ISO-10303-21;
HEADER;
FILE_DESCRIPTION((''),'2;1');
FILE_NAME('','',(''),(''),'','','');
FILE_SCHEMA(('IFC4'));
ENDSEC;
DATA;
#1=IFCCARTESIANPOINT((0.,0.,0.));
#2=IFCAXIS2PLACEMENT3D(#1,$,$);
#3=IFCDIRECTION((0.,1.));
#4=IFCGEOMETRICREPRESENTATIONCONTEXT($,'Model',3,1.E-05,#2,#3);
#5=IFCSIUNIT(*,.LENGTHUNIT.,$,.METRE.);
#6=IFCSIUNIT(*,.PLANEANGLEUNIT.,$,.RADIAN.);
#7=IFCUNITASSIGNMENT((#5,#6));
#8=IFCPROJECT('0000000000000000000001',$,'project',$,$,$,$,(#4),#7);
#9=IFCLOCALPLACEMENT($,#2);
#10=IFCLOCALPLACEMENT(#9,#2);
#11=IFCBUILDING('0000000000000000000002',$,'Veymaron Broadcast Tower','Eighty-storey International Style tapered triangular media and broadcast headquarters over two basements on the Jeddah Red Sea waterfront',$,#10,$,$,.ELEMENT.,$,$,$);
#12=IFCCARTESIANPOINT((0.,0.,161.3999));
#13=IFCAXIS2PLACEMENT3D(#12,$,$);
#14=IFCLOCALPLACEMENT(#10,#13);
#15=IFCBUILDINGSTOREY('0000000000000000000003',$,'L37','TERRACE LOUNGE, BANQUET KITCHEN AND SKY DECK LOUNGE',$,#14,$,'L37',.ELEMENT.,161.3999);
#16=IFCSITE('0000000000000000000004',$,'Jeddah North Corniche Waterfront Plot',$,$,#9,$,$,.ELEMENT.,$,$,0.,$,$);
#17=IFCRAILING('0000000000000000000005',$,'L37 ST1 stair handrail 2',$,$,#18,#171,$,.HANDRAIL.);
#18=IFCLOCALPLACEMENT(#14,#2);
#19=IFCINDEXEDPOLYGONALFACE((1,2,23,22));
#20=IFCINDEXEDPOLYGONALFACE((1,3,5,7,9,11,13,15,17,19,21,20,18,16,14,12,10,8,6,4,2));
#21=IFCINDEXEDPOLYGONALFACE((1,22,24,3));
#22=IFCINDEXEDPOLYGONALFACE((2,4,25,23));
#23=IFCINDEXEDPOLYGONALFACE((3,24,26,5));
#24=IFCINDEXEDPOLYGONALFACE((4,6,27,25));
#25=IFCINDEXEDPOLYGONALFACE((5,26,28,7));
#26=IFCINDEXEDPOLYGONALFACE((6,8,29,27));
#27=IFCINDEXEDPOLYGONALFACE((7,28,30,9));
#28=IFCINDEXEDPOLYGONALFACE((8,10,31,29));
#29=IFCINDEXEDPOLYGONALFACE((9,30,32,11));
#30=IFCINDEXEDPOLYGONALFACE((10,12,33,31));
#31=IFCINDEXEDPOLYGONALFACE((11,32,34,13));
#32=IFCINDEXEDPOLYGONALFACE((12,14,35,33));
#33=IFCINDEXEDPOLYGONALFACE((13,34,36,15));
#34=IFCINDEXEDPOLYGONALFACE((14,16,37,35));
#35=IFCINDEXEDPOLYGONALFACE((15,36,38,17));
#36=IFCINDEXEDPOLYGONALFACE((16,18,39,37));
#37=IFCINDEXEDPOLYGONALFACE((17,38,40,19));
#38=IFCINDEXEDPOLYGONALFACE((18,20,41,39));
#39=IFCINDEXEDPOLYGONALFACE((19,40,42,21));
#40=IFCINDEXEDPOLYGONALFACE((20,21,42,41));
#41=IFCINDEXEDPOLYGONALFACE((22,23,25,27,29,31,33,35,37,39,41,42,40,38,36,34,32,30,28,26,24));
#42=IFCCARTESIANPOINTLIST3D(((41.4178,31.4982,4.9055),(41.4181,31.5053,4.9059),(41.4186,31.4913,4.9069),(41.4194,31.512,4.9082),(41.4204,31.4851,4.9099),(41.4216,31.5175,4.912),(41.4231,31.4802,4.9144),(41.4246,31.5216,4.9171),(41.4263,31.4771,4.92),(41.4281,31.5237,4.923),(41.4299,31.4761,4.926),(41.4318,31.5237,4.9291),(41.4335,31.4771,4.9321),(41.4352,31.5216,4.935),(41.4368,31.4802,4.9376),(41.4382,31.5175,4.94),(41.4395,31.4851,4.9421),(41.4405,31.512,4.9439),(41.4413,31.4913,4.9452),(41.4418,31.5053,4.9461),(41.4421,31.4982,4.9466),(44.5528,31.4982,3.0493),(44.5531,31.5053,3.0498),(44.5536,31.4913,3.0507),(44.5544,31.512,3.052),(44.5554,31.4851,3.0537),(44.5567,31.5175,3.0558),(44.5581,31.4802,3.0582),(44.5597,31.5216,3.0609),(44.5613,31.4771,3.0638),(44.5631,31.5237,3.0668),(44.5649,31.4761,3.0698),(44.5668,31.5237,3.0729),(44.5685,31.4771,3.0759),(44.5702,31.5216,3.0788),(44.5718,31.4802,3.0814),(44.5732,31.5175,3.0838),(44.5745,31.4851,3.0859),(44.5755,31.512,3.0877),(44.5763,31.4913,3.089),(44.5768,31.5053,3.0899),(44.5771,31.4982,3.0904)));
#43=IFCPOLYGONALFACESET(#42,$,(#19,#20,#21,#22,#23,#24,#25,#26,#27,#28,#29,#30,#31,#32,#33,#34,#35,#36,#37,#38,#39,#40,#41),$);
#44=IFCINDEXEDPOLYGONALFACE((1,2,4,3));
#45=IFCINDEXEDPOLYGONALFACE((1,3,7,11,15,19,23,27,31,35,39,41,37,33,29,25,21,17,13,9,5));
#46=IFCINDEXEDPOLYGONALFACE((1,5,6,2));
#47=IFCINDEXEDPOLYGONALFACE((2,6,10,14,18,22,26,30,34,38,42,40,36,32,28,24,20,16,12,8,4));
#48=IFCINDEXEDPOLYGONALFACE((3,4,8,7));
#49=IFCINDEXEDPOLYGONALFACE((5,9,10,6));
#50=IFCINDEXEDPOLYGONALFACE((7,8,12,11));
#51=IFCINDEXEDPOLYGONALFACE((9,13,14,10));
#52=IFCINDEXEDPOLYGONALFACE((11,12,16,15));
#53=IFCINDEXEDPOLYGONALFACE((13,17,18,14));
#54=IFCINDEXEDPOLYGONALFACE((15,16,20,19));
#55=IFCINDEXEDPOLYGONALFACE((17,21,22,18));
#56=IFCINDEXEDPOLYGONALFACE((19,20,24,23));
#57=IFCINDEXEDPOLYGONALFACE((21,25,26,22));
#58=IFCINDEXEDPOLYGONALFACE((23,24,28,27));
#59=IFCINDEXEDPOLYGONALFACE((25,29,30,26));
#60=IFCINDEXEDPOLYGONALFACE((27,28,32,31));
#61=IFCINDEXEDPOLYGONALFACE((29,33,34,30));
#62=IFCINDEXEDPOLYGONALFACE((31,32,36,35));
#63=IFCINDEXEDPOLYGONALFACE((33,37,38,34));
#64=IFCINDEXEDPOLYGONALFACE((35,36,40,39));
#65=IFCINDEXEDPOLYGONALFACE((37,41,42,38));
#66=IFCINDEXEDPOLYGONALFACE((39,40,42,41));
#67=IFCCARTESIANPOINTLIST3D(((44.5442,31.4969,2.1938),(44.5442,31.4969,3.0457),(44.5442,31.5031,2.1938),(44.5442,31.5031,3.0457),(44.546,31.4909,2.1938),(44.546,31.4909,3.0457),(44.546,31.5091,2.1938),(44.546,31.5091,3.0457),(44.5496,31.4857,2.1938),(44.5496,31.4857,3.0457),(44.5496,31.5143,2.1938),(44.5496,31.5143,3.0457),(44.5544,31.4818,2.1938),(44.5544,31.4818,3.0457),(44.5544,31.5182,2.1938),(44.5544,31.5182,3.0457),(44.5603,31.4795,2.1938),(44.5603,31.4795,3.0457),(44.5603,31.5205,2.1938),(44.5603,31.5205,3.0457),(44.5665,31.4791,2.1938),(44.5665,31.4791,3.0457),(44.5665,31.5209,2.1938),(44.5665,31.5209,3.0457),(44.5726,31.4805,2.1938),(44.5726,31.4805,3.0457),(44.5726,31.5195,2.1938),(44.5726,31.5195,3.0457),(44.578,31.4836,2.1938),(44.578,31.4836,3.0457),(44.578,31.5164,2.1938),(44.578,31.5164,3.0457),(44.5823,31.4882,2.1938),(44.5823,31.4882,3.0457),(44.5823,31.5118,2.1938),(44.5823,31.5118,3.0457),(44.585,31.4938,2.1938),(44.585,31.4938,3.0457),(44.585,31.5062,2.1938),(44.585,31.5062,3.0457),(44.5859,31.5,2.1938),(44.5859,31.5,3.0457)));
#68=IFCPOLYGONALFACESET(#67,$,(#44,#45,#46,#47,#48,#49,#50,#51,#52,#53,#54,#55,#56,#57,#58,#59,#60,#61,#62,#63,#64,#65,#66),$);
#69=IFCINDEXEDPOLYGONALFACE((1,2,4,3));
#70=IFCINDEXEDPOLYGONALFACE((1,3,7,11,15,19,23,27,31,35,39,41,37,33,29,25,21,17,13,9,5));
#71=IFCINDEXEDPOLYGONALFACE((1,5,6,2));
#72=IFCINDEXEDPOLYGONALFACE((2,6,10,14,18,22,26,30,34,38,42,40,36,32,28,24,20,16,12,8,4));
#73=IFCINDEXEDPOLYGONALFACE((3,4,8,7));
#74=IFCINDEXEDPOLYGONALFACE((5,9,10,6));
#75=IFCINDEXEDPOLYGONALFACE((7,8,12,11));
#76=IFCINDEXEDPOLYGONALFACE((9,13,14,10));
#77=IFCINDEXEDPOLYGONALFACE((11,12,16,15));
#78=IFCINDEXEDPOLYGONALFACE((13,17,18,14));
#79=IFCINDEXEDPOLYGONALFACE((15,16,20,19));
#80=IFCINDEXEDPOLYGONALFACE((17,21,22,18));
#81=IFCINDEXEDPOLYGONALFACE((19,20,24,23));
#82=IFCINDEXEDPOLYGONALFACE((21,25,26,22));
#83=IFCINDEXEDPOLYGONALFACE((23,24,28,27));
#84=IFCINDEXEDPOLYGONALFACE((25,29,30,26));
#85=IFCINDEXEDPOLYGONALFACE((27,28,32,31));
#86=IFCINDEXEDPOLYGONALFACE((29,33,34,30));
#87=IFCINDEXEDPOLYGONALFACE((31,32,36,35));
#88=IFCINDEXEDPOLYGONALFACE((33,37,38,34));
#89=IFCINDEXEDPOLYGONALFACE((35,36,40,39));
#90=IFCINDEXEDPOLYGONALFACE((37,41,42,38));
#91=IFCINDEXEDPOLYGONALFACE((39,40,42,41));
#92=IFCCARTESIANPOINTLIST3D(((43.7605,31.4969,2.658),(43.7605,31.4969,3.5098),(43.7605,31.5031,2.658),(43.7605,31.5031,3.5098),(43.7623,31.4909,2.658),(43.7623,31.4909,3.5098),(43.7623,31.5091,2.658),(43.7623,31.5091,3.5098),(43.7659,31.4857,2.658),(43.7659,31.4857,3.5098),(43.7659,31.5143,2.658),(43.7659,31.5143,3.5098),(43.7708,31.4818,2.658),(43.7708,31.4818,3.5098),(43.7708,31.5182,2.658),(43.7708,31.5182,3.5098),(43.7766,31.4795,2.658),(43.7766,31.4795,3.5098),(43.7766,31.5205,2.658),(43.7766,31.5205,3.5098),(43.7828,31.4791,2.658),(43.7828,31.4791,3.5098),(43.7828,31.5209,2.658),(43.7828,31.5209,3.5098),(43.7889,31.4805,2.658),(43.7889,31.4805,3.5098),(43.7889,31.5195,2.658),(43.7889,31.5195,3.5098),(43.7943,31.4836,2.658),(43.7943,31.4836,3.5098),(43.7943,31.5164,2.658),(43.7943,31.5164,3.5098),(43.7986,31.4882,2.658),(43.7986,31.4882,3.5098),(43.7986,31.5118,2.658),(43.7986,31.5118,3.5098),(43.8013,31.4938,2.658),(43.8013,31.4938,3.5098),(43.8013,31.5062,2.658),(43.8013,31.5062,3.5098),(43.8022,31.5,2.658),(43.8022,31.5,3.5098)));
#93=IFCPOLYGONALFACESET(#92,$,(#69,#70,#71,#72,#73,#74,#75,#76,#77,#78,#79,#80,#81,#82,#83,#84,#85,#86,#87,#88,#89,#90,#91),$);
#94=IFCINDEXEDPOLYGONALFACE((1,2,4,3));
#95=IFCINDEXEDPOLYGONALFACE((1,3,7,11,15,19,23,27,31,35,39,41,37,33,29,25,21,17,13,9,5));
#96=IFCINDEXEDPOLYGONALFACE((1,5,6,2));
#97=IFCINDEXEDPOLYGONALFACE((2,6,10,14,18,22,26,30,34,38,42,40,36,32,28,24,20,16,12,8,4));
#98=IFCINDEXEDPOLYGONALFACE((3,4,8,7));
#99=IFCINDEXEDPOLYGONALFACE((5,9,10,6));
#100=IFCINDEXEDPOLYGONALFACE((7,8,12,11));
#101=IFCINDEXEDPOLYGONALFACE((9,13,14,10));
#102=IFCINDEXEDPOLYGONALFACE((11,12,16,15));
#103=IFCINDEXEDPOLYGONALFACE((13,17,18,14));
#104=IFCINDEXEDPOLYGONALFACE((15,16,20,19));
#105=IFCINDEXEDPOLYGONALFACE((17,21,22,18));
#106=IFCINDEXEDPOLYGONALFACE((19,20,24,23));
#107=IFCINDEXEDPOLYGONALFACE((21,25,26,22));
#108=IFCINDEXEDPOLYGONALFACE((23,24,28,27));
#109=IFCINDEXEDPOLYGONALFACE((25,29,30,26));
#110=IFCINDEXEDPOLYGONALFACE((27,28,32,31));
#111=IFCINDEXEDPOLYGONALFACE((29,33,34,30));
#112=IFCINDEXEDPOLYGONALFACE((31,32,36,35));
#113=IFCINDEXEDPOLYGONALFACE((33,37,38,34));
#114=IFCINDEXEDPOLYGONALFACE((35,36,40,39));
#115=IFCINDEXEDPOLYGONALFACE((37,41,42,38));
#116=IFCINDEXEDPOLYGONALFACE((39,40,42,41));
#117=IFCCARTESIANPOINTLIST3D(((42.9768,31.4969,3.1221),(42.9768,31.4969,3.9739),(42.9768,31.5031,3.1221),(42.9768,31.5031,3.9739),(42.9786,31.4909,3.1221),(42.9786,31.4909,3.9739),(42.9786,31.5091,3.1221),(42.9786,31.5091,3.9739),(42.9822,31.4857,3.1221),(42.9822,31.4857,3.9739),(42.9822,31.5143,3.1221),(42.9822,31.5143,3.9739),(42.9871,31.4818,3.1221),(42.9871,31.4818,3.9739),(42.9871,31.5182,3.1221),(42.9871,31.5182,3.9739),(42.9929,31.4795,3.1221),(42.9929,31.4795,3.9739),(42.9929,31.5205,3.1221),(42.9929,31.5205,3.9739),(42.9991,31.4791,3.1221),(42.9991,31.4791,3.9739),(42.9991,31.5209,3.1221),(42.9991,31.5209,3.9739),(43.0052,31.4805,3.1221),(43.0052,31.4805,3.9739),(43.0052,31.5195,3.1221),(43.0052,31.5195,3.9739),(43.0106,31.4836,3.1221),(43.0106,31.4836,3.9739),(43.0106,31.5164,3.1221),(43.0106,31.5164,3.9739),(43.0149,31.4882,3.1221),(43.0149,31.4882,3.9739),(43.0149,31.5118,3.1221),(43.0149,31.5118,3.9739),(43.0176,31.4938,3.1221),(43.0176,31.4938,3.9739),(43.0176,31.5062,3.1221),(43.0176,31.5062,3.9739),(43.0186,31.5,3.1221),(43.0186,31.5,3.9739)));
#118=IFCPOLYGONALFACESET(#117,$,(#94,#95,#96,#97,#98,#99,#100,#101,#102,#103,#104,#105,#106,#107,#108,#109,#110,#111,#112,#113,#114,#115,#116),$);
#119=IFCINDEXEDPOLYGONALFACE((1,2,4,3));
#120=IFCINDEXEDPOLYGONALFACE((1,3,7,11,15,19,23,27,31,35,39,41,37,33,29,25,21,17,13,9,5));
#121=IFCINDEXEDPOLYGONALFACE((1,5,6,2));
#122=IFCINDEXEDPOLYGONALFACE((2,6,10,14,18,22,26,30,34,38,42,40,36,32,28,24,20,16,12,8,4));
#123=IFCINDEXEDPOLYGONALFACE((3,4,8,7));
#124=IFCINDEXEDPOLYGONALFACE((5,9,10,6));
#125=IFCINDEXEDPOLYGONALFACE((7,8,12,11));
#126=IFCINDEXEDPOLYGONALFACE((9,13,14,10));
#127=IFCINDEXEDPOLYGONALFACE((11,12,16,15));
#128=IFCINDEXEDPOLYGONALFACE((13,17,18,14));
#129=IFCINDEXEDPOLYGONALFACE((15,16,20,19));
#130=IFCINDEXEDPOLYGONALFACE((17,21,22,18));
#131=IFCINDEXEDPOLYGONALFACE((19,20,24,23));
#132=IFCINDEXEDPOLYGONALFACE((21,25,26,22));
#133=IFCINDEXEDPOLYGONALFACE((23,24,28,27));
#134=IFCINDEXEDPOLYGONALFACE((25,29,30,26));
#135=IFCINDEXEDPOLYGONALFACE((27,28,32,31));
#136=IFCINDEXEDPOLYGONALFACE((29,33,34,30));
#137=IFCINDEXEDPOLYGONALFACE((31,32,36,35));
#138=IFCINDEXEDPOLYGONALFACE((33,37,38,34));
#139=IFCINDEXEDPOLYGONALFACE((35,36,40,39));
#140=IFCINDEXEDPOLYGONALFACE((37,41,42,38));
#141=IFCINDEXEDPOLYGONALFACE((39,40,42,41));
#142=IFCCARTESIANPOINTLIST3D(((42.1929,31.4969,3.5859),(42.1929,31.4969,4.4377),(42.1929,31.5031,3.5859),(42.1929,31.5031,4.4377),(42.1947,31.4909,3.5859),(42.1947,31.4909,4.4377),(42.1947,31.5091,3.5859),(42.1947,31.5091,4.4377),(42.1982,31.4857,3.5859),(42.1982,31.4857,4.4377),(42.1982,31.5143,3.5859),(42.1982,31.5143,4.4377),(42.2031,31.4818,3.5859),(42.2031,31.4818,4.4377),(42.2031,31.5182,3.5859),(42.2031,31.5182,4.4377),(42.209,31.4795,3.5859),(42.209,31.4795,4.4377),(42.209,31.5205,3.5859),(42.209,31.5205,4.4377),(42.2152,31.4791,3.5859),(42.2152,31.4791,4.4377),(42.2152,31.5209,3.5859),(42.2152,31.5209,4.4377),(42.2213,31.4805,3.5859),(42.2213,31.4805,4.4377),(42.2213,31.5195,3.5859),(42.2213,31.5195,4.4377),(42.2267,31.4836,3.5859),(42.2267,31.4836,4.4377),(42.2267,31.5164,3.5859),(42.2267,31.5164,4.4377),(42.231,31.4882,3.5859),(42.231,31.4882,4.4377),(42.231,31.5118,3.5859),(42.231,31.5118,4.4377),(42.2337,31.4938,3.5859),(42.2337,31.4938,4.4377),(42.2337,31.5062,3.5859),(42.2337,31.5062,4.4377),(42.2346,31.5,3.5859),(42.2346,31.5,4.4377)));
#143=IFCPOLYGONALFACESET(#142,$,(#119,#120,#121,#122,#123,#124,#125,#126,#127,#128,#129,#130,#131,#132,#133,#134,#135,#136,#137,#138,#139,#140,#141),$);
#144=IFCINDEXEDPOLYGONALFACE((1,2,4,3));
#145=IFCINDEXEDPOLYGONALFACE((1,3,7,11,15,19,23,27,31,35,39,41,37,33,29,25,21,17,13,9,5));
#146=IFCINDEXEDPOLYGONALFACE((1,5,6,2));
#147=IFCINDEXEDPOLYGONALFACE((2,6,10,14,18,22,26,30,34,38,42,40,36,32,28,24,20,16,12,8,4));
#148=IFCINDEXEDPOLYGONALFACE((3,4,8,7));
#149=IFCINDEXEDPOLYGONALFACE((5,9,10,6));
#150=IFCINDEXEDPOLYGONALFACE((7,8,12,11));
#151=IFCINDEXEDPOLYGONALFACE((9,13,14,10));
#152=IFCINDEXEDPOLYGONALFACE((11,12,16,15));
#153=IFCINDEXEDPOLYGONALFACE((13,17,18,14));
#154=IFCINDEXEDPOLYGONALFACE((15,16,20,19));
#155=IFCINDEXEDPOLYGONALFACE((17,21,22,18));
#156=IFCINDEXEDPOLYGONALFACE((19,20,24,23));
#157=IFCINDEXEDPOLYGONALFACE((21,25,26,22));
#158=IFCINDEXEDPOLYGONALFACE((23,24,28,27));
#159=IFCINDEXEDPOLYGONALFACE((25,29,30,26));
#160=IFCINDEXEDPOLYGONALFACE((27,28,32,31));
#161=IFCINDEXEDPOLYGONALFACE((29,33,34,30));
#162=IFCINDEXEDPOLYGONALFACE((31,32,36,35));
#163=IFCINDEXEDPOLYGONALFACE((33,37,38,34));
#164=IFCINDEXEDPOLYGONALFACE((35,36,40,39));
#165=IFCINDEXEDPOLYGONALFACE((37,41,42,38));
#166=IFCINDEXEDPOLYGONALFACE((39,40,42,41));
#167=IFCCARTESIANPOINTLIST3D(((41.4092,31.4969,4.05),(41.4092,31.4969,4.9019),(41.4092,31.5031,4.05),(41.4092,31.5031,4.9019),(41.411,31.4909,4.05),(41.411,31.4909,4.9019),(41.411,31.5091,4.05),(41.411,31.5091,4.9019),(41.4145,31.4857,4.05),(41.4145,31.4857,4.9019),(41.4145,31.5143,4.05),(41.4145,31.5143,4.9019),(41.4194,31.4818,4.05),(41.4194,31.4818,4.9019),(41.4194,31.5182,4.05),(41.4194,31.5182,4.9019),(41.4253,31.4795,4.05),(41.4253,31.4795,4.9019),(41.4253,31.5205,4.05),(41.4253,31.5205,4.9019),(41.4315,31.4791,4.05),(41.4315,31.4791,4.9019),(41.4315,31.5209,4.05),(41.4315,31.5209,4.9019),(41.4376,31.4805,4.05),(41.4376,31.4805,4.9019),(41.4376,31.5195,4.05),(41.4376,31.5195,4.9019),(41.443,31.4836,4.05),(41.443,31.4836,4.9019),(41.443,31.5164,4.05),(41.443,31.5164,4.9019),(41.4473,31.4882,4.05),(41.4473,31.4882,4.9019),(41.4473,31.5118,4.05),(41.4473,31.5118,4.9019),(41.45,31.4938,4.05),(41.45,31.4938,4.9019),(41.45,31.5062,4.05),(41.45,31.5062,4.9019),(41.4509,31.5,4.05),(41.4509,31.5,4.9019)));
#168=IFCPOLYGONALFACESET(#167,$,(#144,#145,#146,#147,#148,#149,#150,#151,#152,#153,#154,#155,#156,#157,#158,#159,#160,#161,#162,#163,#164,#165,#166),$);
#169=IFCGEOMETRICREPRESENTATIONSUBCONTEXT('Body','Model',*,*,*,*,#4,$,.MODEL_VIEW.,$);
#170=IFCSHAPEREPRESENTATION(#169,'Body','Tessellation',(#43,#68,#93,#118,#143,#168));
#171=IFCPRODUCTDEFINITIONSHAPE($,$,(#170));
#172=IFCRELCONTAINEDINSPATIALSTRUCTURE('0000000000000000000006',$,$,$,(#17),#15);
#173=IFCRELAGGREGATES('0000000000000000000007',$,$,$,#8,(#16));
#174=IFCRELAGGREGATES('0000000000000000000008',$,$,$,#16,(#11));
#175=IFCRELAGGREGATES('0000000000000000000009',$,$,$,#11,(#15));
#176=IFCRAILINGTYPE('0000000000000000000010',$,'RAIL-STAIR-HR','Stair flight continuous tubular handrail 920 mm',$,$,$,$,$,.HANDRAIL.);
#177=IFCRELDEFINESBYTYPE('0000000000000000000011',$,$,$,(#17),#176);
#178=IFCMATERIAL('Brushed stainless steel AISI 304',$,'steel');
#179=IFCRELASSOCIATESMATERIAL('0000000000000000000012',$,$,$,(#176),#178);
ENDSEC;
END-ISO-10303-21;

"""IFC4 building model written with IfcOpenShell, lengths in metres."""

from ifc_helpers import new_model, si_unit, direction, frame, origin, origin_2d, place, context, subcontext, project, spatial, circle, extrude, material, type_object, element, save


model = new_model("IFC4")

# Units and contexts
model_context = context("Model", 3, precision=1e-05, world=origin(), true_north=direction((0.0, 1.0)))
body_context = subcontext(model_context, "Body", "Model", "MODEL_VIEW")
ifc_project = project(units=[si_unit("LENGTHUNIT", "METRE"), si_unit("PLANEANGLEUNIT", "RADIAN")], contexts=[model_context])

# Site, building, storey
site_placement = place(None, origin())
site = spatial("IfcSite", under=ifc_project, at=site_placement, Name="Jeddah North Corniche Waterfront Plot", CompositionType="ELEMENT", RefElevation=0.0)
building_placement = place(site_placement, origin())
building = spatial("IfcBuilding", under=site, at=building_placement, Name="Veymaron Broadcast Tower", Description="Eighty-storey International Style tapered triangular media and broadcast headquarters over two basements on the Jeddah Red Sea waterfront", CompositionType="ELEMENT")
storey_placement = place(building_placement, frame((0.0, 0.0, 161.3999)))
storey = spatial("IfcBuildingStorey", under=building, at=storey_placement, Name="L37", Description="TERRACE LOUNGE, BANQUET KITCHEN AND SKY DECK LOUNGE", LongName="L37", CompositionType="ELEMENT", Elevation=161.3999)

# Shared definitions
ifc_material_1 = material(Name="Brushed stainless steel AISI 304", Category="steel")

# Railing
railing_type_1 = type_object("IfcRailingType", Name="RAIL-STAIR-HR", Description="Stair flight continuous tubular handrail 920 mm", PredefinedType="HANDRAIL", material=ifc_material_1)
railing_1_placement = place(storey_placement, frame((44.5649, 31.5, 2.1938)))
element("IfcRailing", 1, at=railing_1_placement, inside=storey, type_object=railing_type_1, Name="L37 ST1 stair handrail 2", PredefinedType="HANDRAIL", context=body_context, shape_type="SweptSolid", body=[
    extrude(circle(Radius=0.0239, at=origin_2d()), frame((0.0, 0.0, 0.876), z_axis=(-0.860482, 0.0, 0.509481), x_axis=(0.0, -1.0, 0.0)), (0.0, 0.0, 1.0), 3.6433),
    extrude(circle(Radius=0.021, at=origin_2d()), origin(), (0.0, 0.0, 1.0), 0.8518),
    extrude(circle(Radius=0.021, at=origin_2d()), frame((-0.7837, 0.0, 0.4641)), (0.0, 0.0, 1.0), 0.8518),
    extrude(circle(Radius=0.021, at=origin_2d()), frame((-1.5674, 0.0, 0.9282)), (0.0, 0.0, 1.0), 0.8518),
    extrude(circle(Radius=0.021, at=origin_2d()), frame((-2.3513, 0.0, 1.3921)), (0.0, 0.0, 1.0), 0.8518),
    extrude(circle(Radius=0.021, at=origin_2d()), frame((-3.135, 0.0, 1.8562)), (0.0, 0.0, 1.0), 0.8518),
])

save(model, "model.ifc")
